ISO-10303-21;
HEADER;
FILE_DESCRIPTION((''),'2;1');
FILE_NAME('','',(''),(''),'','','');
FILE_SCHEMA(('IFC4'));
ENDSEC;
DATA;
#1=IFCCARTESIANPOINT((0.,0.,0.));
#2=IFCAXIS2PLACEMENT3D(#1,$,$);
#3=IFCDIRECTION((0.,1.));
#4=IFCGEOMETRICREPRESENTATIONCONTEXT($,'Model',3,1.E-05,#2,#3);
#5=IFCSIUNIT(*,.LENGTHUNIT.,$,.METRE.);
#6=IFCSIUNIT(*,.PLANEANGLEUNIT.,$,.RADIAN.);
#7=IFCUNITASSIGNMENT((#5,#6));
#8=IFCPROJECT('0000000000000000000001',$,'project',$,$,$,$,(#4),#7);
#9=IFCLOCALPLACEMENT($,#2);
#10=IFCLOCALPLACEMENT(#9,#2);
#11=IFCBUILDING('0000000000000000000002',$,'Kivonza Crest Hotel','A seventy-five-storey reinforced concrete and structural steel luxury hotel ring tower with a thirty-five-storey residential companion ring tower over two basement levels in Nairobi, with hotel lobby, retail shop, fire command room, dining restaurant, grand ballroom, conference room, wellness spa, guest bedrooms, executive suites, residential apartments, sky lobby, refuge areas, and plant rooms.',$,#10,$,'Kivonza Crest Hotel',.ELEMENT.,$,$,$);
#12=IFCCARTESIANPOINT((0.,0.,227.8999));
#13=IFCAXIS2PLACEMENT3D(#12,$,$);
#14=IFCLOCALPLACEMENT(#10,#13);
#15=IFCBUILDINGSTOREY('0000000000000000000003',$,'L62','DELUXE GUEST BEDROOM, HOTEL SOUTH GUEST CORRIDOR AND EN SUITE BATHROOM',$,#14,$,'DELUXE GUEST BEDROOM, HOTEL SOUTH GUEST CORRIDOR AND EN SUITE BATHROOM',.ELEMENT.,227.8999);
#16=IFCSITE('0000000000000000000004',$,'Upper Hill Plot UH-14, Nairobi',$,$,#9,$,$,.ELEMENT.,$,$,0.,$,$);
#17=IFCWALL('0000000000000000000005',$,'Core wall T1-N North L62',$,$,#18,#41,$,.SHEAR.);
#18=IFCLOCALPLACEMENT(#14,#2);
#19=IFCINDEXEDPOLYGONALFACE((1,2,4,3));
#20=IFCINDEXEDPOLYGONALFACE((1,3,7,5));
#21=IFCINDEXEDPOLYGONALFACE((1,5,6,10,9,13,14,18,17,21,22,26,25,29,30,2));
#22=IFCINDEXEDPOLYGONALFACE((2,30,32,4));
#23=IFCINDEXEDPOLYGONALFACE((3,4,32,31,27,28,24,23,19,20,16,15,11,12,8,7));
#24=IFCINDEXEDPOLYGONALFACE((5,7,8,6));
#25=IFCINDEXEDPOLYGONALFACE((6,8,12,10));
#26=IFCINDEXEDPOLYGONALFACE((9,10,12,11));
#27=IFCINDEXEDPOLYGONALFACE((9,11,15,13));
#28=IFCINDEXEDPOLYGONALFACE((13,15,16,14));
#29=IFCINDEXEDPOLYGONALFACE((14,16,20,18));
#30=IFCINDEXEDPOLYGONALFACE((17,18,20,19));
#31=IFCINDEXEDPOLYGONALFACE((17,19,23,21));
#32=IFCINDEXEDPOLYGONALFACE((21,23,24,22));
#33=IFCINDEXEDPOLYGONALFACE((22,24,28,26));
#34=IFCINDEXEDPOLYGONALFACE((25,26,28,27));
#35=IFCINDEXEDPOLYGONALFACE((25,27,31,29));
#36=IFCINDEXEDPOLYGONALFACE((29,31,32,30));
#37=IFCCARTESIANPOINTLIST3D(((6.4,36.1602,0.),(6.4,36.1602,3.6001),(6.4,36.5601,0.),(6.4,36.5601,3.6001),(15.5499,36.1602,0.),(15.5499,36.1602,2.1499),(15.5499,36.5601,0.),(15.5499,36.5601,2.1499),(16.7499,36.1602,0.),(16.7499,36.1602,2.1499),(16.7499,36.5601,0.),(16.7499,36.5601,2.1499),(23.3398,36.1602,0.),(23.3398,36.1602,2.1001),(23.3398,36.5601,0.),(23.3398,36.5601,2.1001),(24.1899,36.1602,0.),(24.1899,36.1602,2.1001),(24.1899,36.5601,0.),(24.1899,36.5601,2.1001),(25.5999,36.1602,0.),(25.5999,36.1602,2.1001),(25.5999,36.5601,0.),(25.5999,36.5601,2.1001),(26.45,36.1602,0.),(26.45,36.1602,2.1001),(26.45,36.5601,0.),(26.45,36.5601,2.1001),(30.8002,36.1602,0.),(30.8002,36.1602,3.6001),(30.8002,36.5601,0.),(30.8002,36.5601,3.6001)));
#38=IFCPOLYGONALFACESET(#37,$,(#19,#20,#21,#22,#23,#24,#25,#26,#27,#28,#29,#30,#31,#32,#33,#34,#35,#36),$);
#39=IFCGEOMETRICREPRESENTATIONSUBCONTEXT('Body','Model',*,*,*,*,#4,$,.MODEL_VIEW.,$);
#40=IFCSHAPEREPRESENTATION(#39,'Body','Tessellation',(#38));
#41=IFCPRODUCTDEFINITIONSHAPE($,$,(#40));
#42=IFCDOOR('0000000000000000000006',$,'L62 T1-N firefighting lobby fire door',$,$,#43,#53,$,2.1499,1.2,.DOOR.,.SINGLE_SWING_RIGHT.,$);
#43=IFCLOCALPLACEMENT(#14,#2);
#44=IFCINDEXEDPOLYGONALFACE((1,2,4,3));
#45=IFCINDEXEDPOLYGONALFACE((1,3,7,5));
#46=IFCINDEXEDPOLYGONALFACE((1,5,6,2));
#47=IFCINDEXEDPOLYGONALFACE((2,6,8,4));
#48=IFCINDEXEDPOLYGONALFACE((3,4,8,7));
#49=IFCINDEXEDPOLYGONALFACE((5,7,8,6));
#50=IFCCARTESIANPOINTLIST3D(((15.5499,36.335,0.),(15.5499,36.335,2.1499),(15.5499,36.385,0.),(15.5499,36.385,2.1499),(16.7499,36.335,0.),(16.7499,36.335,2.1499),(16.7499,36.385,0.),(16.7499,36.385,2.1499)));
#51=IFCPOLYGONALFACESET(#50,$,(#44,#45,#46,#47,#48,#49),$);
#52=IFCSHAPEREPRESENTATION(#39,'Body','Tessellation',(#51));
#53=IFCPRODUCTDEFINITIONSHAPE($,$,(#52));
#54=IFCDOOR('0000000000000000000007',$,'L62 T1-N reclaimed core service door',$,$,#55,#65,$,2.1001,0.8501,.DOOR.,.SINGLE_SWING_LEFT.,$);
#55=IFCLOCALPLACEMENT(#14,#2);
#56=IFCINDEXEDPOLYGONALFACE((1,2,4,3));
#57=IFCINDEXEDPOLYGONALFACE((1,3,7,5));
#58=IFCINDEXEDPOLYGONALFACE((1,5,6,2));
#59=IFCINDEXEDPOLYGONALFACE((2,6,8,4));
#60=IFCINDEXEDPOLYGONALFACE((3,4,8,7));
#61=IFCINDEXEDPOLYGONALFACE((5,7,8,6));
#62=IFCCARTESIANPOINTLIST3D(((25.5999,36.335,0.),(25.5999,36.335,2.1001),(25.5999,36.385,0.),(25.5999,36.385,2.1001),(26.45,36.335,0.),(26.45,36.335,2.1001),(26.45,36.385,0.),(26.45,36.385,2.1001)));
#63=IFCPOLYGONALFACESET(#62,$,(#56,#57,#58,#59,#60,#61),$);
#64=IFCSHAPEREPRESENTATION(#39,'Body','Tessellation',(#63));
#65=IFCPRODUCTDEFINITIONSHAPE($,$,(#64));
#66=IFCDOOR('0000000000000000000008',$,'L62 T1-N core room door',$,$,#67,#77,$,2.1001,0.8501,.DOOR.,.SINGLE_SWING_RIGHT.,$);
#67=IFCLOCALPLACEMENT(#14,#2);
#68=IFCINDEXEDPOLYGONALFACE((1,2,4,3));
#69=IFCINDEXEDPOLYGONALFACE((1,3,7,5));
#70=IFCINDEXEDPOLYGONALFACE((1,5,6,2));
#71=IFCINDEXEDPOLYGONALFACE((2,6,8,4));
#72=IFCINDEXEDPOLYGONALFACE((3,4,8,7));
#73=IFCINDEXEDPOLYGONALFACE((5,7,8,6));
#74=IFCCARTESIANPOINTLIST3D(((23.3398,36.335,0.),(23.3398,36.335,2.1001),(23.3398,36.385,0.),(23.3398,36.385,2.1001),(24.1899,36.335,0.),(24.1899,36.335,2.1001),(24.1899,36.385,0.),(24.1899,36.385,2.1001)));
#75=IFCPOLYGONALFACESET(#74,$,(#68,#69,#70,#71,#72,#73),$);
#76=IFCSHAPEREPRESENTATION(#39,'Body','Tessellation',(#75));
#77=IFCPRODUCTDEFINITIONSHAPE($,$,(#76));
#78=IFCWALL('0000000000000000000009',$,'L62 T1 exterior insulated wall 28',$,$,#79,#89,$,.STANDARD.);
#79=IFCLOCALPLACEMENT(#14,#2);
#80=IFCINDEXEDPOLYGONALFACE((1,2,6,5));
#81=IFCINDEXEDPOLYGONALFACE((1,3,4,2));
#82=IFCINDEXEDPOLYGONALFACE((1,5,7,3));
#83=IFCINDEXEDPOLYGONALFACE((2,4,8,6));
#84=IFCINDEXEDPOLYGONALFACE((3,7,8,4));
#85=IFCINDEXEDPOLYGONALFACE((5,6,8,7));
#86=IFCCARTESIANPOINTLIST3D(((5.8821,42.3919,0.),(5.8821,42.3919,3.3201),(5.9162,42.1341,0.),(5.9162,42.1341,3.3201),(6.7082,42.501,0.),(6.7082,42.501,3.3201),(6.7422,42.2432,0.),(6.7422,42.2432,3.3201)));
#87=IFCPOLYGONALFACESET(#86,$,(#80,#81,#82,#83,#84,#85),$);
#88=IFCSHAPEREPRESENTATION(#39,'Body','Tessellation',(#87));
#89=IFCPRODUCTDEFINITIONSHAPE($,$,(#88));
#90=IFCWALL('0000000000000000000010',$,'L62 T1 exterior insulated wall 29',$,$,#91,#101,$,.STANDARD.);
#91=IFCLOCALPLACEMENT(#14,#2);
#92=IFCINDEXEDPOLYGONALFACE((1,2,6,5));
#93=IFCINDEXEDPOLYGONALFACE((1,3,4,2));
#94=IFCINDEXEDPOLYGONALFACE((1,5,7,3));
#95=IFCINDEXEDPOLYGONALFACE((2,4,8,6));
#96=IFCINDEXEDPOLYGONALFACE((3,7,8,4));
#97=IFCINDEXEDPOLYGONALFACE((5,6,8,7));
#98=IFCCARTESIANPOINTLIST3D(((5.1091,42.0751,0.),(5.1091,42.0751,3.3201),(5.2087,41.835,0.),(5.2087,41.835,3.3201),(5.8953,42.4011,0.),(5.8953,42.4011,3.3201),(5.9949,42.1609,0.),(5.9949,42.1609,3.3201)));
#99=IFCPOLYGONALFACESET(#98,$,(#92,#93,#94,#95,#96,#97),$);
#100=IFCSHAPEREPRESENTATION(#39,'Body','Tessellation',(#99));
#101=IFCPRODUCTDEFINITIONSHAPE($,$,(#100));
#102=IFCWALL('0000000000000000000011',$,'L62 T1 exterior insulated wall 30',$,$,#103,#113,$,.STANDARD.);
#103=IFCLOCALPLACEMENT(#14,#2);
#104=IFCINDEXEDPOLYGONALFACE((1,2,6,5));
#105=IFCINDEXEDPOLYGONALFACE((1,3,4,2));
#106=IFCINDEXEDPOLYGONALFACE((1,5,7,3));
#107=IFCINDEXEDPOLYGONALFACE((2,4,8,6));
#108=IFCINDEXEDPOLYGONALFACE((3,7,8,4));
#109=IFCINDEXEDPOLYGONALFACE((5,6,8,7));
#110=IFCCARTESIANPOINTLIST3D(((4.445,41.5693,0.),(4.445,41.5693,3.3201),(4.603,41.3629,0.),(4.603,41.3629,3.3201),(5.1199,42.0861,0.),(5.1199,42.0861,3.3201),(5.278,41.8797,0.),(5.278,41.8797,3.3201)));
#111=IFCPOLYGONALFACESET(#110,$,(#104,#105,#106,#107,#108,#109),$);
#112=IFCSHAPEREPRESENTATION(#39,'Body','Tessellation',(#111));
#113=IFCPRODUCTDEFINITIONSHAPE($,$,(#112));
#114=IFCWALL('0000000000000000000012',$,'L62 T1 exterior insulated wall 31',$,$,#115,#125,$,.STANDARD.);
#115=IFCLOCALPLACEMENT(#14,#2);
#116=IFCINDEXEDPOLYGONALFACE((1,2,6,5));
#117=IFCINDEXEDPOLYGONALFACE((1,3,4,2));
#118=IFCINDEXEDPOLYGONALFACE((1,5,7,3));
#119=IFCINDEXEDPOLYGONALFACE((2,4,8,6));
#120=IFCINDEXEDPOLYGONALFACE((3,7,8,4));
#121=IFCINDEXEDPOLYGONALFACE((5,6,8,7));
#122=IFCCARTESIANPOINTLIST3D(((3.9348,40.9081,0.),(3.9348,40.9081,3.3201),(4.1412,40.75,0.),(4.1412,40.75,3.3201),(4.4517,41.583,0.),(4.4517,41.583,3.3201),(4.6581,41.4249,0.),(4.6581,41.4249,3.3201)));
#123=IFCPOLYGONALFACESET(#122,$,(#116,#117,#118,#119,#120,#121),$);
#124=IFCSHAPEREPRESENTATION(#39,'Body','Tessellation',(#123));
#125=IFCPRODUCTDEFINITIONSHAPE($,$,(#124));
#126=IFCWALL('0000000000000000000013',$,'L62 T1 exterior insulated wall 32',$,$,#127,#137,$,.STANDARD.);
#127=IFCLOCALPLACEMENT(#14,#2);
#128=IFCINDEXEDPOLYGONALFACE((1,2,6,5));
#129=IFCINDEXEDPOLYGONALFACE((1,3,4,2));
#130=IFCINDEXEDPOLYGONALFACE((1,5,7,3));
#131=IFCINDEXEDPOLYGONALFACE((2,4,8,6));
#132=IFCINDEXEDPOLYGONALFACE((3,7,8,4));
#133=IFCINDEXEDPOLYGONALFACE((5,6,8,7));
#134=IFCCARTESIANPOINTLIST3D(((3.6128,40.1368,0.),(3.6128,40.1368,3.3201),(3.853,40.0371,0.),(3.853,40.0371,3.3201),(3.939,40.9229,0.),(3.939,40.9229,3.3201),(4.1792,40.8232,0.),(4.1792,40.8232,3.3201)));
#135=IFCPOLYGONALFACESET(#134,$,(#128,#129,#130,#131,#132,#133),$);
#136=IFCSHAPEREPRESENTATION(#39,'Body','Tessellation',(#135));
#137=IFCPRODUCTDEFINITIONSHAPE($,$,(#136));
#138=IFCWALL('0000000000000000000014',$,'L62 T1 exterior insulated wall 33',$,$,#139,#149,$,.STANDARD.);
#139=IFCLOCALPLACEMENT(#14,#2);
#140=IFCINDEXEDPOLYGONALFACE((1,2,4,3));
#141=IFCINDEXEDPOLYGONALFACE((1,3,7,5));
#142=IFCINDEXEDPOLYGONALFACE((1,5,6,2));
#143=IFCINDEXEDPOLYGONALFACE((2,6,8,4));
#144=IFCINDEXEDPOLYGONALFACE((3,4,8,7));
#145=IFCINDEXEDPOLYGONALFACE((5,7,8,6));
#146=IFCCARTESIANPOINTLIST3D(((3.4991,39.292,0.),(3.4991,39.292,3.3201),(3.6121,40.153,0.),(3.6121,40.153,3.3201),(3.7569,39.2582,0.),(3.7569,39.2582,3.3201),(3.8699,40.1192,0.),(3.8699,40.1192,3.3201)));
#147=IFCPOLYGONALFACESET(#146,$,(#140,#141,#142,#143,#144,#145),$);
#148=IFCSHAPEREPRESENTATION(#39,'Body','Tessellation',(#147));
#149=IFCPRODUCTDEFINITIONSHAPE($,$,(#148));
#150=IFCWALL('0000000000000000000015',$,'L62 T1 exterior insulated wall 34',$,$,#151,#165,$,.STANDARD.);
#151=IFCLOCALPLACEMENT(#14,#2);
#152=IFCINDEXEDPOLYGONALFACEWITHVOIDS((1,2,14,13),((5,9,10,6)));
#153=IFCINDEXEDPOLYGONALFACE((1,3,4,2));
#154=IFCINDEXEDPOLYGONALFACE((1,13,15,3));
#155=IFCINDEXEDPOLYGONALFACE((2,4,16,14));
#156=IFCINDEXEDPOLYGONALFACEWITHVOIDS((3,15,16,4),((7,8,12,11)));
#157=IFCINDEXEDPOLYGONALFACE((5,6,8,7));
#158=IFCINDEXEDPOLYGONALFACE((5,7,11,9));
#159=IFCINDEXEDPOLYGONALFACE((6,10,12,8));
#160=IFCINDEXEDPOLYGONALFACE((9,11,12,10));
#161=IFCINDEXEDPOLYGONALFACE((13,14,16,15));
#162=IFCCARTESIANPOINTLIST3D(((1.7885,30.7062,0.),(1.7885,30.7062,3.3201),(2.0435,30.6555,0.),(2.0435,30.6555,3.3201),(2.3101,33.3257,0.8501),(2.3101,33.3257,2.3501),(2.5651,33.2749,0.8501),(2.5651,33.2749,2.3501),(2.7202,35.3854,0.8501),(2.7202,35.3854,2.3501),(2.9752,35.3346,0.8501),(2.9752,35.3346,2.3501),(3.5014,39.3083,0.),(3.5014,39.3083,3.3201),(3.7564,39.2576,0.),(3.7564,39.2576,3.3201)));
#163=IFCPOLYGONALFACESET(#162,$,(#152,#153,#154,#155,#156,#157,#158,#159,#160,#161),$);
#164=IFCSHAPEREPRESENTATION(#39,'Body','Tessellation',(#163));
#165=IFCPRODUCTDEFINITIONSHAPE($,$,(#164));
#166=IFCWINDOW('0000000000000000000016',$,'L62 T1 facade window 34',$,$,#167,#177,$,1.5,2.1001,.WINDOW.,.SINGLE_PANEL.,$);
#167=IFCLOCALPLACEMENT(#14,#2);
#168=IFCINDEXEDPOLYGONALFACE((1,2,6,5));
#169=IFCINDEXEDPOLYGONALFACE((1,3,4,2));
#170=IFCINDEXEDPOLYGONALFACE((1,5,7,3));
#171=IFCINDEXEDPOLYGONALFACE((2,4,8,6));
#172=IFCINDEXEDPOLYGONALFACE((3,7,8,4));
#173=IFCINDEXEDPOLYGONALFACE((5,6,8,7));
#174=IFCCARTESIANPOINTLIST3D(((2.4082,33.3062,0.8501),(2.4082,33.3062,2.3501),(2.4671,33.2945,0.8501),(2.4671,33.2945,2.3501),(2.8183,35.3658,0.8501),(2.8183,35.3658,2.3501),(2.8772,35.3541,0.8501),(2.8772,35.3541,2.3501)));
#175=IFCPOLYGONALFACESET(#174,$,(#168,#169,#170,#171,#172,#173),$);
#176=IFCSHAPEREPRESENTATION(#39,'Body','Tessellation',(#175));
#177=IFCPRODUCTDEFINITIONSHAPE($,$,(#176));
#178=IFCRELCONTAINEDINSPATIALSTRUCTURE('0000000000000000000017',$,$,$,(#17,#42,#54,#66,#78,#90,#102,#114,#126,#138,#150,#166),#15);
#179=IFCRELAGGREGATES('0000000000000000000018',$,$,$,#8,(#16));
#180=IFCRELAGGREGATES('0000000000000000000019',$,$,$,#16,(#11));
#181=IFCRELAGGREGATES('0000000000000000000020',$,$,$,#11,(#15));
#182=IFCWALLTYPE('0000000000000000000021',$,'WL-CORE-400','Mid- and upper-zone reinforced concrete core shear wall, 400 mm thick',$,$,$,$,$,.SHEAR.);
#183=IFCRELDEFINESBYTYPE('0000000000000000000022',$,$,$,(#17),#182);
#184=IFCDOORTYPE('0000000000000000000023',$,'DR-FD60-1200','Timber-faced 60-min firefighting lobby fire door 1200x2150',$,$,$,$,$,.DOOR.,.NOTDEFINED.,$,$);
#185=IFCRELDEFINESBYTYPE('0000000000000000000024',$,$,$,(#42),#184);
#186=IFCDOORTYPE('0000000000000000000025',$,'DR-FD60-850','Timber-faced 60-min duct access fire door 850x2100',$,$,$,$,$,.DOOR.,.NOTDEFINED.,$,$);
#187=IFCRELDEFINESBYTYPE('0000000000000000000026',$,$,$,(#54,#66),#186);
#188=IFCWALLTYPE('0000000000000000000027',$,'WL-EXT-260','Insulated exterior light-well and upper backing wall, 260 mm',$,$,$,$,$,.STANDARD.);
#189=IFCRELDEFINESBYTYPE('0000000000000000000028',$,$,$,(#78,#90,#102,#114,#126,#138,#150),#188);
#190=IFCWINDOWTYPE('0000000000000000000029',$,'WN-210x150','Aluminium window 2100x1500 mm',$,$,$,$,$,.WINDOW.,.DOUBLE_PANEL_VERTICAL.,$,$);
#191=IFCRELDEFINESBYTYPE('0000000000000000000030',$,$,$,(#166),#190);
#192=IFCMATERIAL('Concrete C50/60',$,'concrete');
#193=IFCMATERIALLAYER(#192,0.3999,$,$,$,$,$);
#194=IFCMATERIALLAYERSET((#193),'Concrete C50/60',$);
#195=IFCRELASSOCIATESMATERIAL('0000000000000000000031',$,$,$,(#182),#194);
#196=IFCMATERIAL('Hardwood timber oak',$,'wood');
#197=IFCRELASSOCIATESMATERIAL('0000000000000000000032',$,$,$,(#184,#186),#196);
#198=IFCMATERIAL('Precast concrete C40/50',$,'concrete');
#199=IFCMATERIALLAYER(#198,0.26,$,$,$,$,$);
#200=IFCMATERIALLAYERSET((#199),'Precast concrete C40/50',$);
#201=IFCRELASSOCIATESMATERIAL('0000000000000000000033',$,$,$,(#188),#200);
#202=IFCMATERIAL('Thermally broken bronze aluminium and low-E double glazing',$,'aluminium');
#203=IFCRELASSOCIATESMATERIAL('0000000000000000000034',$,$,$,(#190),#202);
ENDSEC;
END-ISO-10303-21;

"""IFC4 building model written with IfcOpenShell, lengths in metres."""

from ifc_helpers import new_model, si_unit, direction, frame, frame_2d, origin, place, context, subcontext, project, spatial, rectangle, extrude, material, layer, layer_set, type_object, element, fill, save


model = new_model("IFC4")

# Units and contexts
model_context = context("Model", 3, precision=1e-05, world=origin(), true_north=direction((0.0, 1.0)))
body_context = subcontext(model_context, "Body", "Model", "MODEL_VIEW")
ifc_project = project(units=[si_unit("LENGTHUNIT", "METRE"), si_unit("PLANEANGLEUNIT", "RADIAN")], contexts=[model_context])

# Site, building, storey
site_placement = place(None, origin())
site = spatial("IfcSite", under=ifc_project, at=site_placement, Name="Upper Hill Plot UH-14, Nairobi", CompositionType="ELEMENT", RefElevation=0.0)
building_placement = place(site_placement, origin())
building = spatial("IfcBuilding", under=site, at=building_placement, Name="Kivonza Crest Hotel", Description="A seventy-five-storey reinforced concrete and structural steel luxury hotel ring tower with a thirty-five-storey residential companion ring tower over two basement levels in Nairobi, with hotel lobby, retail shop, fire command room, dining restaurant, grand ballroom, conference room, wellness spa, guest bedrooms, executive suites, residential apartments, sky lobby, refuge areas, and plant rooms.", LongName="Kivonza Crest Hotel", CompositionType="ELEMENT")
storey_placement = place(building_placement, frame((0.0, 0.0, 227.8999)))
storey = spatial("IfcBuildingStorey", under=building, at=storey_placement, Name="L62", Description="DELUXE GUEST BEDROOM, HOTEL SOUTH GUEST CORRIDOR AND EN SUITE BATHROOM", LongName="DELUXE GUEST BEDROOM, HOTEL SOUTH GUEST CORRIDOR AND EN SUITE BATHROOM", CompositionType="ELEMENT", Elevation=227.8999)

# Shared definitions
ifc_material_1 = material(Name="Concrete C50/60", Category="concrete")

# Wall, openings, doors
ifc_layer_1 = layer(ifc_material_1, 0.3999)
ifc_layer_set_1 = layer_set([ifc_layer_1], Name="Concrete C50/60")
wall_type_1 = type_object("IfcWallType", Name="WL-CORE-400", Description="Mid- and upper-zone reinforced concrete core shear wall, 400 mm thick", PredefinedType="SHEAR", material=ifc_layer_set_1)
wall_1_placement = place(storey_placement, frame((6.3999, 36.3601, 0.0), z_axis=(0.0, 0.0, 1.0), x_axis=(1.0, 0.0, 0.0)))
wall_1 = element("IfcWall", 1, at=wall_1_placement, inside=storey, type_object=wall_type_1, Name="Core wall T1-N North L62", PredefinedType="SHEAR", context=body_context, shape_type="SweptSolid", body=[
    extrude(rectangle(XDim=24.4001, YDim=0.3999, at=frame_2d((12.2002, 0.0))), origin(), (0.0, 0.0, 1.0), 3.6001),
])
opening_1_placement = place(wall_1_placement, frame((9.1499, 0.0, 0.0)))
opening_1 = element("IfcOpeningElement", 2, at=opening_1_placement, cuts=wall_1, PredefinedType="OPENING", context=body_context, shape_type="SweptSolid", body=[
    extrude(rectangle(XDim=1.2, YDim=2.1499, at=frame_2d((0.6001, 1.075))), frame((0.0, 0.21, 0.0), z_axis=(0.0, -1.0, 0.0), x_axis=(1.0, 0.0, 0.0)), (0.0, 0.0, 1.0), 0.4199),
])
opening_2_placement = place(wall_1_placement, frame((19.2, 0.0, 0.0)))
opening_2 = element("IfcOpeningElement", 3, at=opening_2_placement, cuts=wall_1, PredefinedType="OPENING", context=body_context, shape_type="SweptSolid", body=[
    extrude(rectangle(XDim=0.8501, YDim=2.1001, at=frame_2d((0.425, 1.05))), frame((0.0, 0.21, 0.0), z_axis=(0.0, -1.0, 0.0), x_axis=(1.0, 0.0, 0.0)), (0.0, 0.0, 1.0), 0.4199),
])
opening_3_placement = place(wall_1_placement, frame((16.9399, 0.0, 0.0)))
opening_3 = element("IfcOpeningElement", 4, at=opening_3_placement, cuts=wall_1, PredefinedType="OPENING", context=body_context, shape_type="SweptSolid", body=[
    extrude(rectangle(XDim=0.8501, YDim=2.1001, at=frame_2d((0.425, 1.05))), frame((0.0, 0.21, 0.0), z_axis=(0.0, -1.0, 0.0), x_axis=(1.0, 0.0, 0.0)), (0.0, 0.0, 1.0), 0.4199),
])
ifc_material_2 = material(Name="Hardwood timber oak", Category="wood")
door_type_1 = type_object("IfcDoorType", Name="DR-FD60-1200", Description="Timber-faced 60-min firefighting lobby fire door 1200x2150", OperationType="NOTDEFINED", PredefinedType="DOOR", material=ifc_material_2)
door_1_placement = place(opening_1_placement, origin())
door_1 = element("IfcDoor", 5, at=door_1_placement, inside=storey, type_object=door_type_1, Name="L62 T1-N firefighting lobby fire door", OperationType="SINGLE_SWING_RIGHT", OverallHeight=2.1499, OverallWidth=1.2, PredefinedType="DOOR", context=body_context, shape_type="SweptSolid", body=[
    extrude(rectangle(XDim=1.2, YDim=2.1499, at=frame_2d((0.6001, 1.075))), frame((0.0, 0.0249, 0.0), z_axis=(0.0, -1.0, 0.0), x_axis=(1.0, 0.0, 0.0)), (0.0, 0.0, 1.0), 0.05),
])
fill(opening_1, door_1)
door_type_2 = type_object("IfcDoorType", Name="DR-FD60-850", Description="Timber-faced 60-min duct access fire door 850x2100", OperationType="NOTDEFINED", PredefinedType="DOOR", material=ifc_material_2)
door_2_placement = place(opening_2_placement, origin())
door_2 = element("IfcDoor", 6, at=door_2_placement, inside=storey, type_object=door_type_2, Name="L62 T1-N reclaimed core service door", OperationType="SINGLE_SWING_LEFT", OverallHeight=2.1001, OverallWidth=0.8501, PredefinedType="DOOR", context=body_context, shape_type="SweptSolid", body=[
    extrude(rectangle(XDim=0.8501, YDim=2.1001, at=frame_2d((0.425, 1.05))), frame((0.0, 0.0249, 0.0), z_axis=(0.0, -1.0, 0.0), x_axis=(1.0, 0.0, 0.0)), (0.0, 0.0, 1.0), 0.05),
])
fill(opening_2, door_2)
door_3_placement = place(opening_3_placement, origin())
door_3 = element("IfcDoor", 7, at=door_3_placement, inside=storey, type_object=door_type_2, Name="L62 T1-N core room door", OperationType="SINGLE_SWING_RIGHT", OverallHeight=2.1001, OverallWidth=0.8501, PredefinedType="DOOR", context=body_context, shape_type="SweptSolid", body=[
    extrude(rectangle(XDim=0.8501, YDim=2.1001, at=frame_2d((0.425, 1.05))), frame((0.0, 0.0249, 0.0), z_axis=(0.0, -1.0, 0.0), x_axis=(1.0, 0.0, 0.0)), (0.0, 0.0, 1.0), 0.05),
])
fill(opening_3, door_3)

# Walls
ifc_material_3 = material(Name="Precast concrete C40/50", Category="concrete")
ifc_layer_2 = layer(ifc_material_3, 0.26)
ifc_layer_set_2 = layer_set([ifc_layer_2], Name="Precast concrete C40/50")
wall_type_2 = type_object("IfcWallType", Name="WL-EXT-260", Description="Insulated exterior light-well and upper backing wall, 260 mm", PredefinedType="STANDARD", material=ifc_layer_set_2)
wall_2_placement = place(storey_placement, frame((6.7251, 42.3721, 0.0), z_axis=(0.0, 0.0, 1.0), x_axis=(-0.991388, -0.130955, 0.0)))
element("IfcWall", 8, at=wall_2_placement, inside=storey, type_object=wall_type_2, Name="L62 T1 exterior insulated wall 28", PredefinedType="STANDARD", context=body_context, shape_type="SweptSolid", body=[
    extrude(rectangle(XDim=0.8333, YDim=0.26, at=frame_2d((0.4165, 0.0))), origin(), (0.0, 0.0, 1.0), 3.3201),
])
wall_3_placement = place(storey_placement, frame((5.9451, 42.281, 0.0), z_axis=(0.0, 0.0, 1.0), x_axis=(-0.923754, -0.382985, 0.0)))
element("IfcWall", 9, at=wall_3_placement, inside=storey, type_object=wall_type_2, Name="L62 T1 exterior insulated wall 29", PredefinedType="STANDARD", context=body_context, shape_type="SweptSolid", body=[
    extrude(rectangle(XDim=0.8511, YDim=0.26, at=frame_2d((0.4255, 0.0))), origin(), (0.0, 0.0, 1.0), 3.3201),
])
for number, where, z_axis, x_axis, name in (
    (10, (5.199, 41.9829, 0.0), (0.0, 0.0, 1.0), (-0.793999, -0.607919, 0.0), "L62 T1 exterior insulated wall 30"),
    (11, (4.5549, 41.5039, 0.0), (0.0, 0.0, 1.0), (-0.608058, -0.793893, 0.0), "L62 T1 exterior insulated wall 31"),
):
    element("IfcWall", number, at=place(storey_placement, frame(where, z_axis=z_axis, x_axis=x_axis)), inside=storey, type_object=wall_type_2, Name=name, PredefinedType="STANDARD", context=body_context, shape_type="SweptSolid", body=[
        extrude(rectangle(XDim=0.8501, YDim=0.26, at=frame_2d((0.425, 0.0))), origin(), (0.0, 0.0, 1.0), 3.3201),
    ])
wall_4_placement = place(storey_placement, frame((4.0591, 40.873, 0.0), z_axis=(0.0, 0.0, 1.0), x_axis=(-0.38323, -0.923653, 0.0)))
element("IfcWall", 12, at=wall_4_placement, inside=storey, type_object=wall_type_2, Name="L62 T1 exterior insulated wall 32", PredefinedType="STANDARD", context=body_context, shape_type="SweptSolid", body=[
    extrude(rectangle(XDim=0.8511, YDim=0.26, at=frame_2d((0.4255, 0.0))), origin(), (0.0, 0.0, 1.0), 3.3201),
])
wall_5_placement = place(storey_placement, frame((3.741, 40.136, 0.0), z_axis=(0.0, 0.0, 1.0), x_axis=(-0.130156, -0.991493, 0.0)))
element("IfcWall", 13, at=wall_5_placement, inside=storey, type_object=wall_type_2, Name="L62 T1 exterior insulated wall 33", PredefinedType="STANDARD", context=body_context, shape_type="SweptSolid", body=[
    extrude(rectangle(XDim=0.8684, YDim=0.26, at=frame_2d((0.4341, 0.0))), origin(), (0.0, 0.0, 1.0), 3.3201),
])

# Wall, opening, window
wall_6_placement = place(storey_placement, frame((3.6289, 39.283, 0.0), z_axis=(0.0, 0.0, 1.0), x_axis=(-0.195292, -0.980745, 0.0)))
wall_6 = element("IfcWall", 14, at=wall_6_placement, inside=storey, type_object=wall_type_2, Name="L62 T1 exterior insulated wall 34", PredefinedType="STANDARD", context=body_context, shape_type="SweptSolid", body=[
    extrude(rectangle(XDim=8.771, YDim=0.26, at=frame_2d((4.3855, 0.0))), origin(), (0.0, 0.0, 1.0), 3.3201),
])
opening_4_placement = place(wall_6_placement, frame((4.0, 0.0, 0.8501)))
opening_4 = element("IfcOpeningElement", 15, at=opening_4_placement, cuts=wall_6, PredefinedType="OPENING", context=body_context, shape_type="SweptSolid", body=[
    extrude(rectangle(XDim=2.1001, YDim=1.5, at=frame_2d((1.05, 0.75))), frame((0.0, 0.1401, 0.0), z_axis=(0.0, -1.0, 0.0), x_axis=(1.0, 0.0, 0.0)), (0.0, 0.0, 1.0), 0.28),
])
ifc_material_4 = material(Name="Thermally broken bronze aluminium and low-E double glazing", Category="aluminium")
window_type = type_object("IfcWindowType", Name="WN-210x150", Description="Aluminium window 2100x1500 mm", PartitioningType="DOUBLE_PANEL_VERTICAL", PredefinedType="WINDOW", material=ifc_material_4)
window_placement = place(opening_4_placement, origin())
window = element("IfcWindow", 16, at=window_placement, inside=storey, type_object=window_type, Name="L62 T1 facade window 34", OverallHeight=1.5, OverallWidth=2.1001, PartitioningType="SINGLE_PANEL", PredefinedType="WINDOW", context=body_context, shape_type="SweptSolid", body=[
    extrude(rectangle(XDim=2.1001, YDim=1.5, at=frame_2d((1.05, 0.75))), frame((0.0, 0.03, 0.0), z_axis=(0.0, -1.0, 0.0), x_axis=(1.0, 0.0, 0.0)), (0.0, 0.0, 1.0), 0.0601),
])
fill(opening_4, window)

save(model, "model.ifc")
